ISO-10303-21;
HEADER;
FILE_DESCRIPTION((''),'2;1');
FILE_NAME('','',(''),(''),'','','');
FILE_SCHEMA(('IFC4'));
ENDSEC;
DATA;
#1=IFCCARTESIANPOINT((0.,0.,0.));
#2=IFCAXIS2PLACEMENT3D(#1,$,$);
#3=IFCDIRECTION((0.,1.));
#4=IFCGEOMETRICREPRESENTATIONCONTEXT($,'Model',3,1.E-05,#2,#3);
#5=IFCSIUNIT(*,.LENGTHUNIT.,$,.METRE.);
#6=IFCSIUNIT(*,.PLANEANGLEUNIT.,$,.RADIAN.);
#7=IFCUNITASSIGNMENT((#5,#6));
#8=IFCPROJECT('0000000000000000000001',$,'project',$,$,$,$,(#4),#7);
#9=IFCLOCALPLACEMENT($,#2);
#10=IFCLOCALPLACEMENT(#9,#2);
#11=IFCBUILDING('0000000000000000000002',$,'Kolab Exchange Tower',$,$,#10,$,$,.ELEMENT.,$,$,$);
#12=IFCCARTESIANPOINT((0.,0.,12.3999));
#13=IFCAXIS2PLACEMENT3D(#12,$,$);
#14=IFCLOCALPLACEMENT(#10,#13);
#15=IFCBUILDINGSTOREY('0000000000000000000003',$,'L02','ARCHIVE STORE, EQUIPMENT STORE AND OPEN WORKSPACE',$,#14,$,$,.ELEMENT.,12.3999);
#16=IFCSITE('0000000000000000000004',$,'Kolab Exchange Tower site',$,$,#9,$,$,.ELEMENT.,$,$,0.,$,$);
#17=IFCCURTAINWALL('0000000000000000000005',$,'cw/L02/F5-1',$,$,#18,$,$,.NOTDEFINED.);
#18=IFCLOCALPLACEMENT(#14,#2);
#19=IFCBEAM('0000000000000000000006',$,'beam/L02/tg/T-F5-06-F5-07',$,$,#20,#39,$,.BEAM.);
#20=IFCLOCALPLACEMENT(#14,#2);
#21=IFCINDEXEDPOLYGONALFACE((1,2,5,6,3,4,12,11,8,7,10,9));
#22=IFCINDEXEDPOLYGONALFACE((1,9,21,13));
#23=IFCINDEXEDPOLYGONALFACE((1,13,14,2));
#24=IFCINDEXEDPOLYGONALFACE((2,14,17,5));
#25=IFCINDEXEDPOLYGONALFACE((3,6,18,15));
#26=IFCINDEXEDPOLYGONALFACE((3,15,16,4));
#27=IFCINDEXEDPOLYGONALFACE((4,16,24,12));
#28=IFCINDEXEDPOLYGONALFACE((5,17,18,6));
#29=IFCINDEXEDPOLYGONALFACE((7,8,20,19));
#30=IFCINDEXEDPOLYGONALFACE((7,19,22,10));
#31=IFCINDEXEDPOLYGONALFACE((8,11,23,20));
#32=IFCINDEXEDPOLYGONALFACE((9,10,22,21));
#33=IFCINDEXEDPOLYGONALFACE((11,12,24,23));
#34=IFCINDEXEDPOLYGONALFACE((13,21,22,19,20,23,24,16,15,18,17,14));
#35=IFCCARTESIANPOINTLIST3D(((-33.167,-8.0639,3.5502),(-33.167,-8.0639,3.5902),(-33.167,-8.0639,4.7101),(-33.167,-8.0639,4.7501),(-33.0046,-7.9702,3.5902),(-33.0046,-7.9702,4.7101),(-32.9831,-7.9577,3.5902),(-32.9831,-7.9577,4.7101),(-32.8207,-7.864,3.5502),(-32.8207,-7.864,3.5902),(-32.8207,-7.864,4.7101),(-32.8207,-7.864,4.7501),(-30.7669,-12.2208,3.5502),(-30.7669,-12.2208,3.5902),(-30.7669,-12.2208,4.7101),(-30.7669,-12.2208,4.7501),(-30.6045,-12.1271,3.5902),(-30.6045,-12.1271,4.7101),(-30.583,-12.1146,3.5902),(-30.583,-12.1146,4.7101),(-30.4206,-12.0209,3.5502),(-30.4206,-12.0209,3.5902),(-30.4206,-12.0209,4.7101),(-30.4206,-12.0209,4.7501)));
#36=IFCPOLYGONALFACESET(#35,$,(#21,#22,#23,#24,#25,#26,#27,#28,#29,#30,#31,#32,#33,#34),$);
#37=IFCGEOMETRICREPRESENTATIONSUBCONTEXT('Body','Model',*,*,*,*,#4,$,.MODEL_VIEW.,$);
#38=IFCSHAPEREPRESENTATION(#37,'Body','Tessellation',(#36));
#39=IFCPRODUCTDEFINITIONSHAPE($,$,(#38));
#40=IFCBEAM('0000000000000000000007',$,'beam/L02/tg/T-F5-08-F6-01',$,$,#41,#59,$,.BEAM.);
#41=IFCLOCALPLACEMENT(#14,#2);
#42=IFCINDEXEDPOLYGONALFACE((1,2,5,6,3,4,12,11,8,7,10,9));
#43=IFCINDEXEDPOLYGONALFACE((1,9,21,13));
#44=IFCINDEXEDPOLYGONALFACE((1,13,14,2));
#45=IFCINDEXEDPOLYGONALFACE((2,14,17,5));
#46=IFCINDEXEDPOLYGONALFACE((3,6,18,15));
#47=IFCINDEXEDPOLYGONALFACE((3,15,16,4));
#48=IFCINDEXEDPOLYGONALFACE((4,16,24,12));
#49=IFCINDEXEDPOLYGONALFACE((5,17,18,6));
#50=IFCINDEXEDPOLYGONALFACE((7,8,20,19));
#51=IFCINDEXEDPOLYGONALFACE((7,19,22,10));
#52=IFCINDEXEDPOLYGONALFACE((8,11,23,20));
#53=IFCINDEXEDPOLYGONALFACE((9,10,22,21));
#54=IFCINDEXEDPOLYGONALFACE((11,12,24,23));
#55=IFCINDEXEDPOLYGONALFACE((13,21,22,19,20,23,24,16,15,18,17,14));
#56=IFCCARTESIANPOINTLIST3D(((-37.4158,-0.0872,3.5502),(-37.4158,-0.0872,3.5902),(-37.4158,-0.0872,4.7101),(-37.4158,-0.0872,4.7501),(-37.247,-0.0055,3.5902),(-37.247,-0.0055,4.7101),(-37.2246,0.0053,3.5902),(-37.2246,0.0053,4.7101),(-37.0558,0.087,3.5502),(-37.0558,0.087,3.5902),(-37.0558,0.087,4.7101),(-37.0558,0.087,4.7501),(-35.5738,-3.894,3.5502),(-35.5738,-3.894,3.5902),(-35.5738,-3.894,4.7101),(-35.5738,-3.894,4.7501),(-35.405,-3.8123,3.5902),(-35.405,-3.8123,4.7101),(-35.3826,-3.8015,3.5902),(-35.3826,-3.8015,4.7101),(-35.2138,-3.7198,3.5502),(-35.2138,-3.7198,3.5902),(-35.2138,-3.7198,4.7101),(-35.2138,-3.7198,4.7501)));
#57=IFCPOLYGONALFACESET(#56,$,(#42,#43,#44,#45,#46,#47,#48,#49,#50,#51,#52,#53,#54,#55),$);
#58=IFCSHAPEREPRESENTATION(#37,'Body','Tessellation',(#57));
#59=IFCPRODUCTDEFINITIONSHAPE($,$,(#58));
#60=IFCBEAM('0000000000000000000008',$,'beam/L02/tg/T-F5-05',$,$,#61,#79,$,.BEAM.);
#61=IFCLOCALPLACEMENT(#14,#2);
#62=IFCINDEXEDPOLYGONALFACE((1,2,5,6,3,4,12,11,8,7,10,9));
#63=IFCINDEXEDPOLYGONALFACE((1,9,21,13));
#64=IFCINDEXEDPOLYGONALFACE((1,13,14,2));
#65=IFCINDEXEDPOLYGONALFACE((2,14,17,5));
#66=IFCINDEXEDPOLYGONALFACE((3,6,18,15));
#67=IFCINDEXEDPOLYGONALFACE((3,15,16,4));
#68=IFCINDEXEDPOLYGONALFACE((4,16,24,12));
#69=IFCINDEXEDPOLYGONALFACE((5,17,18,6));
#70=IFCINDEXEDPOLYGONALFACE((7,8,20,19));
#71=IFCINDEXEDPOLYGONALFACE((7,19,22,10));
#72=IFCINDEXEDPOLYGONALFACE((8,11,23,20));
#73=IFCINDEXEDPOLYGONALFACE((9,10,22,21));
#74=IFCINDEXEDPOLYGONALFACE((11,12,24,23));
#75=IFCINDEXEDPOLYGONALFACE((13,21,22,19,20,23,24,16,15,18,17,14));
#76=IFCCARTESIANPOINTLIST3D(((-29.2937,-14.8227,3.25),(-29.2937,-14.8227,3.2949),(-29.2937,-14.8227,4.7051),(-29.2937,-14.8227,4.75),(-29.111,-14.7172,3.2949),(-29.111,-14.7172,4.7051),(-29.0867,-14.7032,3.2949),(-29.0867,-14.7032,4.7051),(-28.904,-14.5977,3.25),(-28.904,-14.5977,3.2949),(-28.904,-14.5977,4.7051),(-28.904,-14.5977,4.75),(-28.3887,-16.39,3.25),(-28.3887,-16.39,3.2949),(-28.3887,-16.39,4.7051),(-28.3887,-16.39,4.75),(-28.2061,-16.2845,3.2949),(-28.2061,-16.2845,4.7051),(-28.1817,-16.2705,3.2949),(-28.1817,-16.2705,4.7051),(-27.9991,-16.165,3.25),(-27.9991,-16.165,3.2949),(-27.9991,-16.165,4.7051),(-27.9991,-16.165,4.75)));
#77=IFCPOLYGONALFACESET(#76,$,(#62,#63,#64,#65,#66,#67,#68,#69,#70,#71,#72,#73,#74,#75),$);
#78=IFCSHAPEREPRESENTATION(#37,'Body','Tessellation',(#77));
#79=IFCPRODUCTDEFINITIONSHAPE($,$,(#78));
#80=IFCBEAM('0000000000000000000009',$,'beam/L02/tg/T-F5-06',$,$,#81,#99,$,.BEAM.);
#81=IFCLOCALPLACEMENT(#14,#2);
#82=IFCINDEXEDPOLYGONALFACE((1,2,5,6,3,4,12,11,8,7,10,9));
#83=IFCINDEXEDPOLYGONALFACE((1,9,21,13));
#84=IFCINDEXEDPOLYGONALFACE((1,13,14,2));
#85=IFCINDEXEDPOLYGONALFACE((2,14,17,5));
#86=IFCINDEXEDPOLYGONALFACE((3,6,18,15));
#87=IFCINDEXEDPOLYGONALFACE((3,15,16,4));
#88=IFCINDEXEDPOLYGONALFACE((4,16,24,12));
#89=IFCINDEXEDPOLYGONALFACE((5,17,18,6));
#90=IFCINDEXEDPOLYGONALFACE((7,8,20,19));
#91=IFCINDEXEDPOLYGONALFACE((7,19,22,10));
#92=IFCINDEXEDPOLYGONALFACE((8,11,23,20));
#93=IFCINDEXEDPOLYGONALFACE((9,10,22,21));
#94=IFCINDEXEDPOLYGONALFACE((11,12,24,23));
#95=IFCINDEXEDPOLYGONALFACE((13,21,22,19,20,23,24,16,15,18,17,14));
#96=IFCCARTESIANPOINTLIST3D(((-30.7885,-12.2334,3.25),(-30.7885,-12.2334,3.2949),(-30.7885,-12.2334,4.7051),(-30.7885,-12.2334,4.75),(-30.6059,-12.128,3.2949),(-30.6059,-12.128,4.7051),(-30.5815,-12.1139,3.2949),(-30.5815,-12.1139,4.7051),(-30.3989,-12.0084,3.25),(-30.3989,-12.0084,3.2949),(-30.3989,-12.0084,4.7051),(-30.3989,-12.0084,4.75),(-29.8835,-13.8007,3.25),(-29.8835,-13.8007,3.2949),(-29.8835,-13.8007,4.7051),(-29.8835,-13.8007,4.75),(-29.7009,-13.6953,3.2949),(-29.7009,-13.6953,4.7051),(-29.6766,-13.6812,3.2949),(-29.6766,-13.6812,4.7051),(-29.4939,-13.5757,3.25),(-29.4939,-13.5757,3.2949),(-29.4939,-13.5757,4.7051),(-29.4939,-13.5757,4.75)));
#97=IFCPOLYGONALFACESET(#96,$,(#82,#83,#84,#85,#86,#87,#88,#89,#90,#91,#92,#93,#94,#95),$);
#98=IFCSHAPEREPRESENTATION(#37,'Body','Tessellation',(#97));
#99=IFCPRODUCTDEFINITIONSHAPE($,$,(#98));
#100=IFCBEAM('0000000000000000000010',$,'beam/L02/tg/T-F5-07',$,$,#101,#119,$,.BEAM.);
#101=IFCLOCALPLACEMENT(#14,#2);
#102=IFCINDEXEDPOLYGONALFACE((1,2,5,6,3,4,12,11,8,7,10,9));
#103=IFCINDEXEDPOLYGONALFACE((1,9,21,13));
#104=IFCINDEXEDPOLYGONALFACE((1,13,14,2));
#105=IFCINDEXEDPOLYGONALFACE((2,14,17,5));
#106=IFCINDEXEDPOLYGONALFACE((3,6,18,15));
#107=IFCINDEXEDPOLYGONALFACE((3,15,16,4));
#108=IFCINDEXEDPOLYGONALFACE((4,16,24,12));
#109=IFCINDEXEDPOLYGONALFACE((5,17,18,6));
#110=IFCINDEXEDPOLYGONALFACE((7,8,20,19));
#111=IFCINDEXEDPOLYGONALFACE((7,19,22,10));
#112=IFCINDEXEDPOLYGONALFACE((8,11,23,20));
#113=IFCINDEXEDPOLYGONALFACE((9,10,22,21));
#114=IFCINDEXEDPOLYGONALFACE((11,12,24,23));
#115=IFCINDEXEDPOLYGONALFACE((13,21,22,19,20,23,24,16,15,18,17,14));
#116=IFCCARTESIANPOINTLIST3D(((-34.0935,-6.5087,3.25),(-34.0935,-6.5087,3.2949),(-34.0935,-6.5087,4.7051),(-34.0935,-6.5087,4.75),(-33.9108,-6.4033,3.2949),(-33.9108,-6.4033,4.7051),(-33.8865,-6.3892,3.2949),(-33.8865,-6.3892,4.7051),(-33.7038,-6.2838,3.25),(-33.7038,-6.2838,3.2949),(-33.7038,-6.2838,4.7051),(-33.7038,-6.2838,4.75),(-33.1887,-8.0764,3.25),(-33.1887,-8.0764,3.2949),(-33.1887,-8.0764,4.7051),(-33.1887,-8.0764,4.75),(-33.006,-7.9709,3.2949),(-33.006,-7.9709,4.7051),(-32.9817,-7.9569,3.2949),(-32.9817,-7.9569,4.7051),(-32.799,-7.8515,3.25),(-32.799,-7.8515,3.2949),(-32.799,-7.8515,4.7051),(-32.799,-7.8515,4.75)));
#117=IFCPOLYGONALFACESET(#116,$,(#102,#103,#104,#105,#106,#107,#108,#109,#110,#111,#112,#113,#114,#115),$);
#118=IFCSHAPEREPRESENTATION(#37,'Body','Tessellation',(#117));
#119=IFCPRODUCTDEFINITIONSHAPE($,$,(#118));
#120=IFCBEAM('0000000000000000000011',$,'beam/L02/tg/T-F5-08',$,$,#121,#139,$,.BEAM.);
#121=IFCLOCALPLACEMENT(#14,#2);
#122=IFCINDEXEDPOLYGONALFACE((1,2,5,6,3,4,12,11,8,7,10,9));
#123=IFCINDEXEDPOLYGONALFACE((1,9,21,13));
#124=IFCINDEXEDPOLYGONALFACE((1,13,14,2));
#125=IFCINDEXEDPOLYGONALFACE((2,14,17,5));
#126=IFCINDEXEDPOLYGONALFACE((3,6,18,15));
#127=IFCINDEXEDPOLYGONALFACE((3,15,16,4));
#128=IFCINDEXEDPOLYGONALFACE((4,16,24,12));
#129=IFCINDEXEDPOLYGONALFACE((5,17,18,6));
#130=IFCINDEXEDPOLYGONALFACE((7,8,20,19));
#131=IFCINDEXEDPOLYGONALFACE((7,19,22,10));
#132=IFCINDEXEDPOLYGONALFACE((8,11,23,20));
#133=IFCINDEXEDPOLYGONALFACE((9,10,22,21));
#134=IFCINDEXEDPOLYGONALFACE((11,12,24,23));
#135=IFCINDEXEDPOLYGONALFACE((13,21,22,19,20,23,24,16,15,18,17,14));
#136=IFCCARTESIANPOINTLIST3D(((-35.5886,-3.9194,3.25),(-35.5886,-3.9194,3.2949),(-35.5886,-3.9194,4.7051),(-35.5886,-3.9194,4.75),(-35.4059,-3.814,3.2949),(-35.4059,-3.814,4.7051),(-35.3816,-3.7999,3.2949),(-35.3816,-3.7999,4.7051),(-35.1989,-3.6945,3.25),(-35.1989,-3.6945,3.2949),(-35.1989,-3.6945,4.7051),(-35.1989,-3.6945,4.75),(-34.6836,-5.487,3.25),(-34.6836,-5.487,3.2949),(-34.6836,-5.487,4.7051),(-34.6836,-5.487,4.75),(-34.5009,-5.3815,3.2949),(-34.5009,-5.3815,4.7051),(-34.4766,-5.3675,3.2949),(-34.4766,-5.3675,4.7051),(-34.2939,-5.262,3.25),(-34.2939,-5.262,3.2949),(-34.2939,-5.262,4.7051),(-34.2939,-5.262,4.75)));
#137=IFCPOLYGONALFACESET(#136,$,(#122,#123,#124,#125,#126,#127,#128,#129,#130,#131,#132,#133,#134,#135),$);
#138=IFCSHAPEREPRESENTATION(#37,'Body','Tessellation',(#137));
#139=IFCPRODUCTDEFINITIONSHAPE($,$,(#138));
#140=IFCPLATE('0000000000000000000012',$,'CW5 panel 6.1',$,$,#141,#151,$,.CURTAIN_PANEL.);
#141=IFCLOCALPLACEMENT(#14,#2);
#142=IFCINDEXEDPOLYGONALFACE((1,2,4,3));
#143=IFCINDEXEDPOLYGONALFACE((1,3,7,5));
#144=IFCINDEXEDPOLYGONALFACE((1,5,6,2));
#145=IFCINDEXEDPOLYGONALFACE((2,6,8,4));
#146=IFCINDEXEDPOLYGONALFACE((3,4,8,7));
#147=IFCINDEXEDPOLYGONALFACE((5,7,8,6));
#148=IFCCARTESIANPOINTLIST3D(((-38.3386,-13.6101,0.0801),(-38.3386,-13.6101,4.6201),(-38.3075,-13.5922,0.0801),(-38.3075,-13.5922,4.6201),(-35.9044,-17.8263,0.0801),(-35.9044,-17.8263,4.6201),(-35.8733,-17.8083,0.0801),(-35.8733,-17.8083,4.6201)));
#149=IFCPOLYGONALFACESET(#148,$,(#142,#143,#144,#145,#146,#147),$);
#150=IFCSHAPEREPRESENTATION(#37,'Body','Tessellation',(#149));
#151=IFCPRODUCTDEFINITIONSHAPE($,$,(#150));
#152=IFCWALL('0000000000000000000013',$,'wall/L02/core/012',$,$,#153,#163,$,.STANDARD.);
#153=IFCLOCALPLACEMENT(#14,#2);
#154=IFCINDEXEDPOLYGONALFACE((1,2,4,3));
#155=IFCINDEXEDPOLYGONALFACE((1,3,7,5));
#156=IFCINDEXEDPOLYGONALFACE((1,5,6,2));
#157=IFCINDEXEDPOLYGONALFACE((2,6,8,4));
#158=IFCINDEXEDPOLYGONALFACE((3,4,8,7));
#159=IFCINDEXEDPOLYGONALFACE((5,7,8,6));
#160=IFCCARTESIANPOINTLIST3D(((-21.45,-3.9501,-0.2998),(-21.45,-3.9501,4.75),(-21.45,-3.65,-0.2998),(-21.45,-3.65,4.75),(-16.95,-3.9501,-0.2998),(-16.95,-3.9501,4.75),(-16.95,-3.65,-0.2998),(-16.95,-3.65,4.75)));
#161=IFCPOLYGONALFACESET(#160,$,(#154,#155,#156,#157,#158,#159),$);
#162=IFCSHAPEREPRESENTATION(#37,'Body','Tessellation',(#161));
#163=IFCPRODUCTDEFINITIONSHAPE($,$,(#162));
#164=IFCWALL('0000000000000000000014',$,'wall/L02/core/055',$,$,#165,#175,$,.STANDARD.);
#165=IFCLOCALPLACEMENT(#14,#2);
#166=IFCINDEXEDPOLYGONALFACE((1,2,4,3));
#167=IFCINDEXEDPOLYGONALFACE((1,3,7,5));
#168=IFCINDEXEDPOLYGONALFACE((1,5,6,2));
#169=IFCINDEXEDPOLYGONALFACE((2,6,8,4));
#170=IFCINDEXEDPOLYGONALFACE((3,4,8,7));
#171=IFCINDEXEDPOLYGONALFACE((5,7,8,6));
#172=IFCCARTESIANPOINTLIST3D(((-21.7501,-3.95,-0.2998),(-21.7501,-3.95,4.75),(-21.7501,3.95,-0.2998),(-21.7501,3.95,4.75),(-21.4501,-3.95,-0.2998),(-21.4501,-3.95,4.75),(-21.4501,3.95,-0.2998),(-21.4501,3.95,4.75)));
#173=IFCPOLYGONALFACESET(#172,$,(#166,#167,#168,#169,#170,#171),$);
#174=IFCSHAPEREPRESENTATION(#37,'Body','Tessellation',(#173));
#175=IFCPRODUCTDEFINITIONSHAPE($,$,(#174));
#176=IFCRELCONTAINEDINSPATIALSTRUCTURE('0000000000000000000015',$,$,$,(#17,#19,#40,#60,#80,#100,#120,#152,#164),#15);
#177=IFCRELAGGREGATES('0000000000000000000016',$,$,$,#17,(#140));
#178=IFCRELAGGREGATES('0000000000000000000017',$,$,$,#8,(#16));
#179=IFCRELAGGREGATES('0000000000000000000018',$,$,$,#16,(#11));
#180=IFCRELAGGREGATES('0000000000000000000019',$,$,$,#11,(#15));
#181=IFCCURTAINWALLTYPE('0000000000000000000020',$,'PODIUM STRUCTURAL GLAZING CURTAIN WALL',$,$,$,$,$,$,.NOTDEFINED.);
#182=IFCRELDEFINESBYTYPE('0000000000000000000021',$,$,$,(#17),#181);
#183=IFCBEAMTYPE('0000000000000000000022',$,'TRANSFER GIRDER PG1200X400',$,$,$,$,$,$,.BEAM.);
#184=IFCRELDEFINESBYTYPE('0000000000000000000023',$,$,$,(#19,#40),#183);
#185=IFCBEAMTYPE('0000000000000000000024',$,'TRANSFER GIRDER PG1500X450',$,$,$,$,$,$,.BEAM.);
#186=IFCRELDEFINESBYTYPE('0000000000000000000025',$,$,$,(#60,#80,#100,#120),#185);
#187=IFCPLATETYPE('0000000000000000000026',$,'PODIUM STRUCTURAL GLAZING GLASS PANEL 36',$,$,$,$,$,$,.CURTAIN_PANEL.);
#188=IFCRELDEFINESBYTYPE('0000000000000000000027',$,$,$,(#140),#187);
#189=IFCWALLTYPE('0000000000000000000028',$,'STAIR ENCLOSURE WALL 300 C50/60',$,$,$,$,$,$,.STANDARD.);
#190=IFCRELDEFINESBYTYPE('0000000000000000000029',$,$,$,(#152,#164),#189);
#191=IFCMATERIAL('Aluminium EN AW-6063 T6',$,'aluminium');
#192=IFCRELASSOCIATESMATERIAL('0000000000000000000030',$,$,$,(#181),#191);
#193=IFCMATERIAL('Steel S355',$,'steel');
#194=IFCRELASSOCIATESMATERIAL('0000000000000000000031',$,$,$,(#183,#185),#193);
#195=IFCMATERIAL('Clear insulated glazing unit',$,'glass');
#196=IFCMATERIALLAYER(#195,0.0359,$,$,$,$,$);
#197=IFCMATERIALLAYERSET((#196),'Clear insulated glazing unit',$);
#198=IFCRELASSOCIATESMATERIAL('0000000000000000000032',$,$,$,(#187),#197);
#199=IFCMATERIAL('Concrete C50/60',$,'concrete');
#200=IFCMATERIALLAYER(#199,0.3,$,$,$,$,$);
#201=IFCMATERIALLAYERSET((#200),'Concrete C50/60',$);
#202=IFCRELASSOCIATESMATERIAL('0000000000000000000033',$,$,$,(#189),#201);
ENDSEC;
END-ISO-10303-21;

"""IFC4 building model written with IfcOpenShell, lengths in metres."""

from ifc_helpers import new_model, si_unit, direction, frame, frame_2d, origin, origin_2d, place, context, subcontext, project, spatial, rectangle, i_section, extrude, material, layer, layer_set, material_profile, profile_set, type_object, element, aggregate, save


model = new_model("IFC4")

# Units and contexts
model_context = context("Model", 3, precision=1e-05, world=origin(), true_north=direction((0.0, 1.0)))
body_context = subcontext(model_context, "Body", "Model", "MODEL_VIEW")
ifc_project = project(units=[si_unit("LENGTHUNIT", "METRE"), si_unit("PLANEANGLEUNIT", "RADIAN")], contexts=[model_context])

# Site, building, storey
site_placement = place(None, origin())
site = spatial("IfcSite", under=ifc_project, at=site_placement, Name="Kolab Exchange Tower site", CompositionType="ELEMENT", RefElevation=0.0)
building_placement = place(site_placement, origin())
building = spatial("IfcBuilding", under=site, at=building_placement, Name="Kolab Exchange Tower", CompositionType="ELEMENT")
storey_placement = place(building_placement, frame((0.0, 0.0, 12.3999)))
storey = spatial("IfcBuildingStorey", under=building, at=storey_placement, Name="L02", Description="ARCHIVE STORE, EQUIPMENT STORE AND OPEN WORKSPACE", CompositionType="ELEMENT", Elevation=12.3999)

# Shared definitions
ifc_material_1 = material(Name="Steel S355", Category="steel")

# Curtain wall
ifc_material_2 = material(Name="Aluminium EN AW-6063 T6", Category="aluminium")
curtain_wall_type = type_object("IfcCurtainWallType", Name="PODIUM STRUCTURAL GLAZING CURTAIN WALL", PredefinedType="NOTDEFINED", material=ifc_material_2)
curtain_wall_placement = place(storey_placement, origin())
curtain_wall = element("IfcCurtainWall", 1, at=curtain_wall_placement, inside=storey, type_object=curtain_wall_type, Name="cw/L02/F5-1", PredefinedType="NOTDEFINED")

# Beams
ifc_material_profile_1 = material_profile(ifc_material_1, i_section(OverallWidth=0.3999, OverallDepth=1.2, WebThickness=0.0249, FlangeThickness=0.04, at=origin_2d()), Name="PG1200X400")
ifc_profile_set_1 = profile_set([ifc_material_profile_1], Name="Steel S355")
beam_type_1 = type_object("IfcBeamType", Name="TRANSFER GIRDER PG1200X400", PredefinedType="BEAM", material=ifc_profile_set_1)
beam_1_placement = place(storey_placement, frame((-30.5938, -12.1208, 4.1501), z_axis=(-0.500017, 0.866015, 0.0), x_axis=(-0.866015, -0.500017, 0.0)))
element("IfcBeam", 2, at=beam_1_placement, inside=storey, type_object=beam_type_1, Name="beam/L02/tg/T-F5-06-F5-07", PredefinedType="BEAM", context=body_context, shape_type="SweptSolid", body=[
    extrude(i_section(OverallWidth=0.3999, OverallDepth=1.2, WebThickness=0.0249, FlangeThickness=0.04, at=origin_2d()), origin(), (0.0, 0.0, 1.0), 4.8),
])
beam_2_placement = place(storey_placement, frame((-35.3938, -3.8069, 4.1501), z_axis=(-0.435561, 0.900159, 0.0), x_axis=(-0.900159, -0.435561, 0.0)))
element("IfcBeam", 3, at=beam_2_placement, inside=storey, type_object=beam_type_1, Name="beam/L02/tg/T-F5-08-F6-01", PredefinedType="BEAM", context=body_context, shape_type="SweptSolid", body=[
    extrude(i_section(OverallWidth=0.3999, OverallDepth=1.2, WebThickness=0.0249, FlangeThickness=0.04, at=origin_2d()), origin(), (0.0, 0.0, 1.0), 4.229),
])
ifc_material_profile_2 = material_profile(ifc_material_1, i_section(OverallWidth=0.45, OverallDepth=1.5, WebThickness=0.0281, FlangeThickness=0.0449, at=origin_2d()), Name="PG1500X450")
ifc_profile_set_2 = profile_set([ifc_material_profile_2], Name="Steel S355")
beam_type_2 = type_object("IfcBeamType", Name="TRANSFER GIRDER PG1500X450", PredefinedType="BEAM", material=ifc_profile_set_2)
for number, where, z_axis, x_axis, name in (
    (4, (-29.0989, -14.7102, 4.0), (0.500042, -0.866001, 0.0), (0.866001, 0.500042, 0.0), "beam/L02/tg/T-F5-05"),
    (5, (-29.6887, -13.6882, 4.0), (-0.500042, 0.866001, 0.0), (-0.866001, -0.500042, 0.0), "beam/L02/tg/T-F5-06"),
):
    element("IfcBeam", number, at=place(storey_placement, frame(where, z_axis=z_axis, x_axis=x_axis)), inside=storey, type_object=beam_type_2, Name=name, PredefinedType="BEAM", context=body_context, shape_type="SweptSolid", body=[
        extrude(i_section(OverallWidth=0.45, OverallDepth=1.5, WebThickness=0.0281, FlangeThickness=0.0449, at=origin_2d()), origin(), (0.0, 0.0, 1.0), 1.8098),
    ])
for number, where, z_axis, x_axis, name in (
    (6, (-33.8987, -6.3962, 4.0), (0.499882, -0.866094, 0.0), (0.866094, 0.499882, 0.0), "beam/L02/tg/T-F5-07"),
    (7, (-34.4888, -5.3745, 4.0), (-0.499983, 0.866035, 0.0), (-0.866035, -0.499983, 0.0), "beam/L02/tg/T-F5-08"),
):
    element("IfcBeam", number, at=place(storey_placement, frame(where, z_axis=z_axis, x_axis=x_axis)), inside=storey, type_object=beam_type_2, Name=name, PredefinedType="BEAM", context=body_context, shape_type="SweptSolid", body=[
        extrude(i_section(OverallWidth=0.45, OverallDepth=1.5, WebThickness=0.0281, FlangeThickness=0.0449, at=origin_2d()), origin(), (0.0, 0.0, 1.0), 1.8101),
    ])

# Plate
ifc_material_3 = material(Name="Clear insulated glazing unit", Category="glass")
ifc_layer_1 = layer(ifc_material_3, 0.0359)
ifc_layer_set_1 = layer_set([ifc_layer_1], Name="Clear insulated glazing unit")
plate_type = type_object("IfcPlateType", Name="PODIUM STRUCTURAL GLAZING GLASS PANEL 36", PredefinedType="CURTAIN_PANEL", material=ifc_layer_set_1)
plate_placement = place(storey_placement, frame((-37.106, -15.7092, 0.0801), z_axis=(0.0, 0.0, 1.0), x_axis=(-0.5, 0.866025, 0.0)))
plate = element("IfcPlate", 8, at=plate_placement, type_object=plate_type, Name="CW5 panel 6.1", PredefinedType="CURTAIN_PANEL", context=body_context, shape_type="SweptSolid", body=[
    extrude(rectangle(XDim=4.8684, YDim=0.0359, at=origin_2d()), origin(), (0.0, 0.0, 1.0), 4.54),
])
aggregate(curtain_wall, [plate])

# Walls
ifc_material_4 = material(Name="Concrete C50/60", Category="concrete")
ifc_layer_2 = layer(ifc_material_4, 0.3)
ifc_layer_set_2 = layer_set([ifc_layer_2], Name="Concrete C50/60")
wall_type = type_object("IfcWallType", Name="STAIR ENCLOSURE WALL 300 C50/60", PredefinedType="STANDARD", material=ifc_layer_set_2)
wall_1_placement = place(storey_placement, frame((-21.45, -3.8, -0.2998), z_axis=(0.0, 0.0, 1.0), x_axis=(1.0, 0.0, 0.0)))
element("IfcWall", 9, at=wall_1_placement, inside=storey, type_object=wall_type, Name="wall/L02/core/012", PredefinedType="STANDARD", context=body_context, shape_type="SweptSolid", body=[
    extrude(rectangle(XDim=4.5, YDim=0.3, at=frame_2d((2.25, 0.0))), origin(), (0.0, 0.0, 1.0), 5.0498),
])
wall_2_placement = place(storey_placement, frame((-21.6001, -3.95, -0.2998), z_axis=(0.0, 0.0, 1.0), x_axis=(0.0, 1.0, 0.0)))
element("IfcWall", 10, at=wall_2_placement, inside=storey, type_object=wall_type, Name="wall/L02/core/055", PredefinedType="STANDARD", context=body_context, shape_type="SweptSolid", body=[
    extrude(rectangle(XDim=7.8999, YDim=0.3, at=frame_2d((3.95, 0.0))), origin(), (0.0, 0.0, 1.0), 5.0498),
])

save(model, "model.ifc")
